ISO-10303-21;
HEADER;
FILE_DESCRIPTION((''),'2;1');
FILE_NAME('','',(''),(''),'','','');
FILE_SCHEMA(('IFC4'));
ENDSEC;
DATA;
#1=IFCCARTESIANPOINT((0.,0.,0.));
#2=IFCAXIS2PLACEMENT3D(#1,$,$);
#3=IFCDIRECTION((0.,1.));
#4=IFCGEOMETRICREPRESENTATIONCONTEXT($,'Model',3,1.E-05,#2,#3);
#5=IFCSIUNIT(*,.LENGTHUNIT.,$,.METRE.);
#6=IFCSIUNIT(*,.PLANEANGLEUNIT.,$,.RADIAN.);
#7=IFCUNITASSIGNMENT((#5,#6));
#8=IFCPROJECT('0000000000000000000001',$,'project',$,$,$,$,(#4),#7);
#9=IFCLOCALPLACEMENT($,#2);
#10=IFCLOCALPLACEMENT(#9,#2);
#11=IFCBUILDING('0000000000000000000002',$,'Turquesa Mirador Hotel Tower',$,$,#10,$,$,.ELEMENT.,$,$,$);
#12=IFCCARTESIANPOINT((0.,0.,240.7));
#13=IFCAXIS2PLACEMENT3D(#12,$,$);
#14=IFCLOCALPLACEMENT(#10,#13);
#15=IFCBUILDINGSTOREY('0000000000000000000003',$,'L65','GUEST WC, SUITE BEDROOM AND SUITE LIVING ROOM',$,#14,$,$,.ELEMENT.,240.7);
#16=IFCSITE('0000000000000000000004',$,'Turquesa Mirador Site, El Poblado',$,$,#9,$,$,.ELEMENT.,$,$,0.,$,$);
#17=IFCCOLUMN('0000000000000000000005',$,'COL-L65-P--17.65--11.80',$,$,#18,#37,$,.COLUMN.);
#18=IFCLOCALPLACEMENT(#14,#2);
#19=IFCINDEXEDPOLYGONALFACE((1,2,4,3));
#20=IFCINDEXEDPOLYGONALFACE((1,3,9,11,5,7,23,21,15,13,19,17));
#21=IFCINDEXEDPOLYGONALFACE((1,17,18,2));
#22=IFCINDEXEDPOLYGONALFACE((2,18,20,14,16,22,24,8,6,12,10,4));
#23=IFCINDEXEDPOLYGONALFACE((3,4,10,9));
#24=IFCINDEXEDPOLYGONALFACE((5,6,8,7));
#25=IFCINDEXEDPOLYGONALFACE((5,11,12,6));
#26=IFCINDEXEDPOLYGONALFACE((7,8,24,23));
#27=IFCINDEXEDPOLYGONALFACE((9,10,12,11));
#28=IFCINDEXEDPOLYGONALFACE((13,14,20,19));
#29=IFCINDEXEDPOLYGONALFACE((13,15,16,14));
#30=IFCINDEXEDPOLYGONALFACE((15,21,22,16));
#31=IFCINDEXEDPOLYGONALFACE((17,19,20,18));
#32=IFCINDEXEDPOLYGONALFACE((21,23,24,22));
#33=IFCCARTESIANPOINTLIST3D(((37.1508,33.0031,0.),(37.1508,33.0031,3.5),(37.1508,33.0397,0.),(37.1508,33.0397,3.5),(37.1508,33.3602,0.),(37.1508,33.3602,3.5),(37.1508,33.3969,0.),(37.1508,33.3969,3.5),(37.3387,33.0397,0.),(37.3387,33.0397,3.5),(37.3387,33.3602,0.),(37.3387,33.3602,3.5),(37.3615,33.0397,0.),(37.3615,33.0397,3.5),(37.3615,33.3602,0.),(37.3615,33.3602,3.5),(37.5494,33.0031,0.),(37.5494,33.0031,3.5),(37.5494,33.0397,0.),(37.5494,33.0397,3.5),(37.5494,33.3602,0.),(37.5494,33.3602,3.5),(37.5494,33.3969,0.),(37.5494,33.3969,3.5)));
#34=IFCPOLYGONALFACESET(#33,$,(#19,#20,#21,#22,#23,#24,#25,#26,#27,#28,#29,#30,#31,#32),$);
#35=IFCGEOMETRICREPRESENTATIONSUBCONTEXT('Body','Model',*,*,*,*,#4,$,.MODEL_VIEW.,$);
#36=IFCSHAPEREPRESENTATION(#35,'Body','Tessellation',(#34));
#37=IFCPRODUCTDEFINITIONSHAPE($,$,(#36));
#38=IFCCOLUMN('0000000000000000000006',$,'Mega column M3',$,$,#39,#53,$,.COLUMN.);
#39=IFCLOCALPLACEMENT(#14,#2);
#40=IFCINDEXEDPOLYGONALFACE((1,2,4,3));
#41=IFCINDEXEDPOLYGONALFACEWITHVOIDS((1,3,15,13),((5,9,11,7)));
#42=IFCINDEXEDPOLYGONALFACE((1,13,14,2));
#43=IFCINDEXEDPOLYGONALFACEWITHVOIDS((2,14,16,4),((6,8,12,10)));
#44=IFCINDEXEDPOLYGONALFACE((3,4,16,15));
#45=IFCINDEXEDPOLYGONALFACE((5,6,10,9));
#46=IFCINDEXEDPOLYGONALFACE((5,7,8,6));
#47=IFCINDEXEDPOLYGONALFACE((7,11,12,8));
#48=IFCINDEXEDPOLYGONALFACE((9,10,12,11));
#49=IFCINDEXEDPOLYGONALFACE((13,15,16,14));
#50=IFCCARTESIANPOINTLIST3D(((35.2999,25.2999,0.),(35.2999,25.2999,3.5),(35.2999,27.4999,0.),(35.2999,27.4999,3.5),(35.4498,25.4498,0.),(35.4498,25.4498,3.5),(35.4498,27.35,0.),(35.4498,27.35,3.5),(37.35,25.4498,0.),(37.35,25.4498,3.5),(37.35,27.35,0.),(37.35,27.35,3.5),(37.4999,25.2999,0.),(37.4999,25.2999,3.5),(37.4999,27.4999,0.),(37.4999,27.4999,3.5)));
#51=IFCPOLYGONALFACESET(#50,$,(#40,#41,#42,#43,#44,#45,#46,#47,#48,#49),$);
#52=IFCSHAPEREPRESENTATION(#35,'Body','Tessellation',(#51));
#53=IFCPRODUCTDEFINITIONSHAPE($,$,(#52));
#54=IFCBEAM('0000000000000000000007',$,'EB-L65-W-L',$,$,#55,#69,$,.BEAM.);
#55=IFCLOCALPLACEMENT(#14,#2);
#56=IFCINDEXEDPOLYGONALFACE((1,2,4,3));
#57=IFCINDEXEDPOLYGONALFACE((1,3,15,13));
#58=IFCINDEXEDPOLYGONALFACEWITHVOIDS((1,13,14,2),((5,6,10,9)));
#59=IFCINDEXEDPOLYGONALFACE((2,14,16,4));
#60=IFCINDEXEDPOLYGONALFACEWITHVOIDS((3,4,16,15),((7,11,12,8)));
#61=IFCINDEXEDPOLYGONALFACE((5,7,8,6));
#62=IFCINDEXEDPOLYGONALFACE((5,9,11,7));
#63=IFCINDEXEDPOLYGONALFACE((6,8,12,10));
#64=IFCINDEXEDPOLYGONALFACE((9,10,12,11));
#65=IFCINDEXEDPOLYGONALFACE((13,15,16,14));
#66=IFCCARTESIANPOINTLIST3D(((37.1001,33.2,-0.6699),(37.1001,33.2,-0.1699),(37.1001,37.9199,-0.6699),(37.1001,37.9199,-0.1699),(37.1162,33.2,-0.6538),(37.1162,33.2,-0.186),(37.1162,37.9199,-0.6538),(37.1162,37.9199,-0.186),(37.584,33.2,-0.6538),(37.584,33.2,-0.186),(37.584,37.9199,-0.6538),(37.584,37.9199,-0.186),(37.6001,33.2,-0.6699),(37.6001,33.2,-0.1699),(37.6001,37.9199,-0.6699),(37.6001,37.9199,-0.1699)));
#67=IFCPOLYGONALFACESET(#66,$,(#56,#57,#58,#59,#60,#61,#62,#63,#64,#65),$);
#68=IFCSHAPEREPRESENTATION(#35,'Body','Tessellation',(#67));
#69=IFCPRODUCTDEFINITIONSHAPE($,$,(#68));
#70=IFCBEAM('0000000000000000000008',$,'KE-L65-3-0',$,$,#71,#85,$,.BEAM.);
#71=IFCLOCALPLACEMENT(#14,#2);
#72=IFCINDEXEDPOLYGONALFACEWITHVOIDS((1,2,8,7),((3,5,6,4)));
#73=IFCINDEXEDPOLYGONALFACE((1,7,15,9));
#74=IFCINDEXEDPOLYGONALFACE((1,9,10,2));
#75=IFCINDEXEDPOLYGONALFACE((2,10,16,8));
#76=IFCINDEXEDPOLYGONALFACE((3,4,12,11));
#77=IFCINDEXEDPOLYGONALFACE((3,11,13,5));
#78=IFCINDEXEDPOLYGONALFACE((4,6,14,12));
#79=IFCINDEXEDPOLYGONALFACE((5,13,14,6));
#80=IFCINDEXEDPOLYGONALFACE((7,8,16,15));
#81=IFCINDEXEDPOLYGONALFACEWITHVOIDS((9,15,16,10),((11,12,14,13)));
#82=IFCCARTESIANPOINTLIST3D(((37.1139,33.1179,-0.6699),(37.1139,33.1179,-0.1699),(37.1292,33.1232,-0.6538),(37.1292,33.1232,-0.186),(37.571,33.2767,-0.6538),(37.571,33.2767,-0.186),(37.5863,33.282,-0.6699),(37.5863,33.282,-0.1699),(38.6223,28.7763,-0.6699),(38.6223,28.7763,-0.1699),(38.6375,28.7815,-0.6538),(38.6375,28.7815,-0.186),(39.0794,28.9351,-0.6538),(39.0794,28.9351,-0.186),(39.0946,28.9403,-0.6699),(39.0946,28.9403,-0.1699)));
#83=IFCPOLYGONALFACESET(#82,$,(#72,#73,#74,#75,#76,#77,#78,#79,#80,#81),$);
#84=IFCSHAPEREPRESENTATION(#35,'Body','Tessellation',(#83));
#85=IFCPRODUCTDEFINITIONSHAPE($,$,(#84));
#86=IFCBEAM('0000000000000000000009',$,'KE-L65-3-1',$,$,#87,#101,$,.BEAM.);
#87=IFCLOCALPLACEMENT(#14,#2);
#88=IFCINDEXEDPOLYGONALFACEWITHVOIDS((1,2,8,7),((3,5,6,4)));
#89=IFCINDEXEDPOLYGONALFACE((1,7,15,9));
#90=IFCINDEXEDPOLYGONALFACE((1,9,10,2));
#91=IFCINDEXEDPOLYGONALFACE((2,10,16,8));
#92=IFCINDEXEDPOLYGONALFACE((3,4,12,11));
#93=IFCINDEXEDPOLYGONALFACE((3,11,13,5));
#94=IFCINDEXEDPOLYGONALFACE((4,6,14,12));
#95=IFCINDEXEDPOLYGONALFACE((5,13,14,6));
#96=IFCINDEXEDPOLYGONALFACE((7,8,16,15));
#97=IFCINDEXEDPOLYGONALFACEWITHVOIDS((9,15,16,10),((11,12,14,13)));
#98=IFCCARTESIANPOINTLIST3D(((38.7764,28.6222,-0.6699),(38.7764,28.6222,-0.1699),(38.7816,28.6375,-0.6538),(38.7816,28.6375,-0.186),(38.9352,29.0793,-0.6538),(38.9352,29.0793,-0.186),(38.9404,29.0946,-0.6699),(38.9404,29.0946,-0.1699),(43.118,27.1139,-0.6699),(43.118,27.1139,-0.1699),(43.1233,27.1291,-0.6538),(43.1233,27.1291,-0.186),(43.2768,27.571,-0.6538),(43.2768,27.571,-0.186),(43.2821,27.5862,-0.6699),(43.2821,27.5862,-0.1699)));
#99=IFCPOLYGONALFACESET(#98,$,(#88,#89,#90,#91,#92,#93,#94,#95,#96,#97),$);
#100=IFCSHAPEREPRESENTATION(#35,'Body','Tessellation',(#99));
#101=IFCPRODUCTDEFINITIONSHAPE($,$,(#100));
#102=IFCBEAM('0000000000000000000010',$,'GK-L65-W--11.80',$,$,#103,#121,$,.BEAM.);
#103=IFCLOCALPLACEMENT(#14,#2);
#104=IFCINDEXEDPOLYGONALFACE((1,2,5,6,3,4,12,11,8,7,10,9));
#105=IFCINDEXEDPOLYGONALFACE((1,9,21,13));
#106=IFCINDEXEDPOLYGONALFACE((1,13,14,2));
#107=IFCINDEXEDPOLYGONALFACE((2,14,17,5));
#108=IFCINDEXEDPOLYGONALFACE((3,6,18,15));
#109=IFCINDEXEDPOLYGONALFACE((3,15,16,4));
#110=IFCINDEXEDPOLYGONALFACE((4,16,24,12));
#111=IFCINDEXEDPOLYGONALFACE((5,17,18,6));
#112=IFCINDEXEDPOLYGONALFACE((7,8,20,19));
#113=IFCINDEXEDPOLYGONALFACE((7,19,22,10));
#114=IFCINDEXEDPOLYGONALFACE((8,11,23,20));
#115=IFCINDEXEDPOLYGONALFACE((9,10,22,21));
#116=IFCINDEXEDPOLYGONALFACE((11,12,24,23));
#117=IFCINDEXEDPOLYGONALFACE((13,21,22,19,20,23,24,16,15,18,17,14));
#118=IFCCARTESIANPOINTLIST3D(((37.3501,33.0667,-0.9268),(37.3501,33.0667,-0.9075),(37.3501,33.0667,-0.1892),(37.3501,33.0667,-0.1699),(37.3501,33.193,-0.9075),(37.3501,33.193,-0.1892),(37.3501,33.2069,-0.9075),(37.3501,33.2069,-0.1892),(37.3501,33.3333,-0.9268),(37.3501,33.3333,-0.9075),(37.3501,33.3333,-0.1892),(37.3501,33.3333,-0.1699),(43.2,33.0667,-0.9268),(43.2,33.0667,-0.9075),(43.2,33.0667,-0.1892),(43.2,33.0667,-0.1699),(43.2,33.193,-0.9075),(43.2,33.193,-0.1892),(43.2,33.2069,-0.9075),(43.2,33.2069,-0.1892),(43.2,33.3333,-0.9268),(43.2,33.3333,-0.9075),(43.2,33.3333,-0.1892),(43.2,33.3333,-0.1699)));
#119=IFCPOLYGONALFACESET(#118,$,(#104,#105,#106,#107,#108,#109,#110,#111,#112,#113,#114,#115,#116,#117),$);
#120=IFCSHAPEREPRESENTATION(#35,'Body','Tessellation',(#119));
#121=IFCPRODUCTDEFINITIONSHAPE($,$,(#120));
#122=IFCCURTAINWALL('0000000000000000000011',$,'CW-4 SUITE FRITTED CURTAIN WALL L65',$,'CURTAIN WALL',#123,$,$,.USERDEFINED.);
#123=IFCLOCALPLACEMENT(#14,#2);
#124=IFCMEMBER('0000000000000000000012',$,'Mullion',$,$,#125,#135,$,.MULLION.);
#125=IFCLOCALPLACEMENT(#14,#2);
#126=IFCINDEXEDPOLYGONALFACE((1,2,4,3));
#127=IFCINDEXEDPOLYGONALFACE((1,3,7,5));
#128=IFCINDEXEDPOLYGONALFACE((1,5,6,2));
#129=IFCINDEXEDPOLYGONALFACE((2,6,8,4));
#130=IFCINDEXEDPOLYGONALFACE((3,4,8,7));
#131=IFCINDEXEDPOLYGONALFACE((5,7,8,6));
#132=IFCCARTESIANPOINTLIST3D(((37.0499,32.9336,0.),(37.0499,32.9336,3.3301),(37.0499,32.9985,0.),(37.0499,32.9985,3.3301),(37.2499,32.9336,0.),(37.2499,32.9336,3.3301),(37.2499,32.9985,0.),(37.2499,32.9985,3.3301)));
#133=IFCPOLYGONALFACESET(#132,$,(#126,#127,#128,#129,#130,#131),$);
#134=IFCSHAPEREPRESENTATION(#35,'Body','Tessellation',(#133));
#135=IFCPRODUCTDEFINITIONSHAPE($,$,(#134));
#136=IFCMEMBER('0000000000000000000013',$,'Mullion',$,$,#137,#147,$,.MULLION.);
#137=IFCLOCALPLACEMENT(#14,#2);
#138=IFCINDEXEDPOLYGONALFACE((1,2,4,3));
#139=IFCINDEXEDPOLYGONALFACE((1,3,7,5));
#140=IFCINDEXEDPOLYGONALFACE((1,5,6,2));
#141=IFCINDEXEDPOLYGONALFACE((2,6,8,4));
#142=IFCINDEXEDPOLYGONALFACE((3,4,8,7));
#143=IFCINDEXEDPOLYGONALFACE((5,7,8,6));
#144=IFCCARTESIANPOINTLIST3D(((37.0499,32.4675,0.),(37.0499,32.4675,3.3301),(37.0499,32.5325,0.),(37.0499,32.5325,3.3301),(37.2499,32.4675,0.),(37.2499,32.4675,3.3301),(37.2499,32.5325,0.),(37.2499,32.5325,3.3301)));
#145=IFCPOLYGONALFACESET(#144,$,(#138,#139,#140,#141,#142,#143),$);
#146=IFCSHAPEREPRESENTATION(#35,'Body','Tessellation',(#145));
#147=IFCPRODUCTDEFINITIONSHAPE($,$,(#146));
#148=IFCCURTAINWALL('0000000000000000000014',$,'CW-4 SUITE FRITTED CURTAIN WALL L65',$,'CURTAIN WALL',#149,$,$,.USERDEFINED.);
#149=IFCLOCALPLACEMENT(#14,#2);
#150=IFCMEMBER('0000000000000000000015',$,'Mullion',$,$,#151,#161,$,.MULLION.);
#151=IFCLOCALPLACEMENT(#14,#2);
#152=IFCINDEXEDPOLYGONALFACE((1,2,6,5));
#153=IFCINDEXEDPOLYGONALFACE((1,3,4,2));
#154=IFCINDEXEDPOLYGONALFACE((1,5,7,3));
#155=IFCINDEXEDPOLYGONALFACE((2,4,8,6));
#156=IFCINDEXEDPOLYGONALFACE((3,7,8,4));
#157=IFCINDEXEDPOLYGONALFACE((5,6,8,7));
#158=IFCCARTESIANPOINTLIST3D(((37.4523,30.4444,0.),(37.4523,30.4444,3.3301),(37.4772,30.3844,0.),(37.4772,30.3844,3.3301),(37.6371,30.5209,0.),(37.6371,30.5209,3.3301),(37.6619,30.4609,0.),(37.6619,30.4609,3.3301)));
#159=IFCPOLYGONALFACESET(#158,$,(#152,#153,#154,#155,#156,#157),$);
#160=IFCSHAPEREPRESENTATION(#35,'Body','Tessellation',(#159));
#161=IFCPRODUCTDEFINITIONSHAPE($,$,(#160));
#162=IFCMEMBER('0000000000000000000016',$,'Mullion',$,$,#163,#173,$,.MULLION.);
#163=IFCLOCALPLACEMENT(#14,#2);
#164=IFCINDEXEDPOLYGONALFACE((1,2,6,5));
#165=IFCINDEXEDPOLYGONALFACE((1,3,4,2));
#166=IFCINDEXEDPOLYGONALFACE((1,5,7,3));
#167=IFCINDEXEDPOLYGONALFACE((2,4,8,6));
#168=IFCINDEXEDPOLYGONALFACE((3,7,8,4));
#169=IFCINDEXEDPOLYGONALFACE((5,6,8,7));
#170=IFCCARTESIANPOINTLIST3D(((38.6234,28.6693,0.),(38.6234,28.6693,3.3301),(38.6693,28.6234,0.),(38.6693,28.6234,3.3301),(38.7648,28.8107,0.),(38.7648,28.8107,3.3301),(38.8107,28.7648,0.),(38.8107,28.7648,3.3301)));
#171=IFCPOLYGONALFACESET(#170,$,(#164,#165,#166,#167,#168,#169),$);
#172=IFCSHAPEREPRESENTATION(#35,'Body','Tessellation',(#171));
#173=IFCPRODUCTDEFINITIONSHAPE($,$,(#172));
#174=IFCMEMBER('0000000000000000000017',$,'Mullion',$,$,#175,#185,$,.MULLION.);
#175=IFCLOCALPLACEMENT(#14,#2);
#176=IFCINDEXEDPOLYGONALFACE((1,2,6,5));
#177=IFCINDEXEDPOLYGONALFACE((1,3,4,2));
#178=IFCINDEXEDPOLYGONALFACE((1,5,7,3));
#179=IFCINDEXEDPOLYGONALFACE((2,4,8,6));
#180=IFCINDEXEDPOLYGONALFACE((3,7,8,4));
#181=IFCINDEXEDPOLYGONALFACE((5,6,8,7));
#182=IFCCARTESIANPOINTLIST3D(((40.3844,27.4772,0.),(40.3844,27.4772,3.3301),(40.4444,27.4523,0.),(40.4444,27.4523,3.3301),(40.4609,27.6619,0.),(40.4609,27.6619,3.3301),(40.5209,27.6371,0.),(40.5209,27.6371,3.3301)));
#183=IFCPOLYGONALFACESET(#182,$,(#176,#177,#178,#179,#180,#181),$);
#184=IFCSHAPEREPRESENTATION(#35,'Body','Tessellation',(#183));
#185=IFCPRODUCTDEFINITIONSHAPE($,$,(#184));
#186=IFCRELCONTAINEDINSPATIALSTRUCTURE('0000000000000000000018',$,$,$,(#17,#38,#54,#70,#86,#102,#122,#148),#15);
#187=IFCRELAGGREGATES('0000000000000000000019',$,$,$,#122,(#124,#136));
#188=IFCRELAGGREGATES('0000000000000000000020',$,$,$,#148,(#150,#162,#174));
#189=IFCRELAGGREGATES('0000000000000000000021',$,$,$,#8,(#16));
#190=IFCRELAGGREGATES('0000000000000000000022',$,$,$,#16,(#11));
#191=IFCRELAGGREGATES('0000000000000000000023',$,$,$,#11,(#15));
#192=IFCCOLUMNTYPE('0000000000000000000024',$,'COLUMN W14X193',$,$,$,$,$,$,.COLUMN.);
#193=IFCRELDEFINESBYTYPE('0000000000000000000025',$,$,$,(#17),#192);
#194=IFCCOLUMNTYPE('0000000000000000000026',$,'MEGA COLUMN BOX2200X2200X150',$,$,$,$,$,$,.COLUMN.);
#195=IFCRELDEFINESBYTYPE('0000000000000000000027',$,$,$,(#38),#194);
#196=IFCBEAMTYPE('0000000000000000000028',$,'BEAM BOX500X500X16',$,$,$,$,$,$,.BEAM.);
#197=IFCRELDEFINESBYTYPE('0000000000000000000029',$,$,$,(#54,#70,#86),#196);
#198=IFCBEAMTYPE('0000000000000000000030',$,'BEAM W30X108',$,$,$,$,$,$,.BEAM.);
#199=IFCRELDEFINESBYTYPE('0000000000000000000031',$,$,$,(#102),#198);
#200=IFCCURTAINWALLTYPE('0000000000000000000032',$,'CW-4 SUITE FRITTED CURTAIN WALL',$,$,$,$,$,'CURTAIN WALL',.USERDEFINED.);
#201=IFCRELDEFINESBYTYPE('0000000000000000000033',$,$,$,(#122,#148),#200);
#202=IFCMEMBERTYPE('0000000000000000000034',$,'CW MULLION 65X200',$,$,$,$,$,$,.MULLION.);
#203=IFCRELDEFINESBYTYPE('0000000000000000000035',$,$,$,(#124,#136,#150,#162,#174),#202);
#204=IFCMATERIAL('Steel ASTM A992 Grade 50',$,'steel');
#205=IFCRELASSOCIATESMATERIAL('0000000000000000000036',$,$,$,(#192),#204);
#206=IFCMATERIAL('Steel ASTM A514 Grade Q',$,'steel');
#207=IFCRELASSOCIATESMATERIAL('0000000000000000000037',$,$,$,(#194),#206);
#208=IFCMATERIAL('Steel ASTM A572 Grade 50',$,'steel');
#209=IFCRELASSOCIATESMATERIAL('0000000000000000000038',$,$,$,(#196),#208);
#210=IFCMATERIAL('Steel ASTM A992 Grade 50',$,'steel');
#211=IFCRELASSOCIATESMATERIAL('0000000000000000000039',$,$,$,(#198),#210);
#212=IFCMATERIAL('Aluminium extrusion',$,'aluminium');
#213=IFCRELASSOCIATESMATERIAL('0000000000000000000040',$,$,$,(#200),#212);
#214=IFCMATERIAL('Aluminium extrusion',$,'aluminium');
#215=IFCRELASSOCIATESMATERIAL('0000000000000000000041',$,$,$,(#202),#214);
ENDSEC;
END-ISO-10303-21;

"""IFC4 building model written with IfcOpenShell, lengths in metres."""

from ifc_helpers import new_model, si_unit, direction, frame, origin, origin_2d, place, context, subcontext, project, spatial, rectangle, hollow_rectangle, i_section, extrude, material, material_profile, profile_set, type_object, element, aggregate, save


model = new_model("IFC4")

# Units and contexts
model_context = context("Model", 3, precision=1e-05, world=origin(), true_north=direction((0.0, 1.0)))
body_context = subcontext(model_context, "Body", "Model", "MODEL_VIEW")
ifc_project = project(units=[si_unit("LENGTHUNIT", "METRE"), si_unit("PLANEANGLEUNIT", "RADIAN")], contexts=[model_context])

# Site, building, storey
site_placement = place(None, origin())
site = spatial("IfcSite", under=ifc_project, at=site_placement, Name="Turquesa Mirador Site, El Poblado", CompositionType="ELEMENT", RefElevation=0.0)
building_placement = place(site_placement, origin())
building = spatial("IfcBuilding", under=site, at=building_placement, Name="Turquesa Mirador Hotel Tower", CompositionType="ELEMENT")
storey_placement = place(building_placement, frame((0.0, 0.0, 240.7)))
storey = spatial("IfcBuildingStorey", under=building, at=storey_placement, Name="L65", Description="GUEST WC, SUITE BEDROOM AND SUITE LIVING ROOM", CompositionType="ELEMENT", Elevation=240.7)

# Columns
ifc_material_1 = material(Name="Steel ASTM A992 Grade 50", Category="steel")
ifc_material_profile_1 = material_profile(ifc_material_1, i_section(OverallWidth=0.3987, OverallDepth=0.3938, WebThickness=0.0227, FlangeThickness=0.0366, at=origin_2d()), Name="W14X193")
ifc_profile_set_1 = profile_set([ifc_material_profile_1], Name="Steel ASTM A992 Grade 50")
column_type_1 = type_object("IfcColumnType", Name="COLUMN W14X193", PredefinedType="COLUMN", material=ifc_profile_set_1)
column_1_placement = place(storey_placement, frame((37.3501, 33.2, 0.0), z_axis=(0.0, 0.0, 1.0), x_axis=(1.0, 0.0, 0.0)))
element("IfcColumn", 1, at=column_1_placement, inside=storey, type_object=column_type_1, Name="COL-L65-P--17.65--11.80", PredefinedType="COLUMN", context=body_context, shape_type="SweptSolid", body=[
    extrude(i_section(OverallWidth=0.3987, OverallDepth=0.3938, WebThickness=0.0227, FlangeThickness=0.0366, at=origin_2d()), origin(), (0.0, 0.0, 1.0), 3.5),
])
ifc_material_2 = material(Name="Steel ASTM A514 Grade Q", Category="steel")
ifc_material_profile_2 = material_profile(ifc_material_2, hollow_rectangle(XDim=2.2, YDim=2.2, WallThickness=0.1499, at=origin_2d()), Name="BOX2200X2200X150")
ifc_profile_set_2 = profile_set([ifc_material_profile_2], Name="Steel ASTM A514 Grade Q")
column_type_2 = type_object("IfcColumnType", Name="MEGA COLUMN BOX2200X2200X150", PredefinedType="COLUMN", material=ifc_profile_set_2)
column_2_placement = place(storey_placement, frame((36.3999, 26.3999, 0.0), z_axis=(0.0, 0.0, 1.0), x_axis=(1.0, 0.0, 0.0)))
element("IfcColumn", 2, at=column_2_placement, inside=storey, type_object=column_type_2, Name="Mega column M3", PredefinedType="COLUMN", context=body_context, shape_type="SweptSolid", body=[
    extrude(hollow_rectangle(XDim=2.2, YDim=2.2, WallThickness=0.1499, at=origin_2d()), origin(), (0.0, 0.0, 1.0), 3.5),
])

# Beams
ifc_material_3 = material(Name="Steel ASTM A572 Grade 50", Category="steel")
ifc_material_profile_3 = material_profile(ifc_material_3, hollow_rectangle(XDim=0.5, YDim=0.5, WallThickness=0.0161, at=origin_2d()), Name="BOX500X500X16")
ifc_profile_set_3 = profile_set([ifc_material_profile_3], Name="Steel ASTM A572 Grade 50")
beam_type_1 = type_object("IfcBeamType", Name="BEAM BOX500X500X16", PredefinedType="BEAM", material=ifc_profile_set_3)
beam_1_placement = place(storey_placement, frame((37.3501, 33.2, -0.4199), z_axis=(0.0, 1.0, 0.0), x_axis=(-1.0, 0.0, 0.0)))
element("IfcBeam", 3, at=beam_1_placement, inside=storey, type_object=beam_type_1, Name="EB-L65-W-L", PredefinedType="BEAM", context=body_context, shape_type="SweptSolid", body=[
    extrude(hollow_rectangle(XDim=0.5, YDim=0.5, WallThickness=0.0161, at=origin_2d()), origin(), (0.0, 0.0, 1.0), 4.72),
])
for number, where, z_axis, x_axis, name in (
    (4, (37.3501, 33.2, -0.4199), (0.32817, -0.944619, 0.0), (0.944619, 0.32817, 0.0), "KE-L65-3-0"),
    (5, (38.8584, 28.8584, -0.4199), (0.944619, -0.32817, 0.0), (0.32817, 0.944619, 0.0), "KE-L65-3-1"),
):
    element("IfcBeam", number, at=place(storey_placement, frame(where, z_axis=z_axis, x_axis=x_axis)), inside=storey, type_object=beam_type_1, Name=name, PredefinedType="BEAM", context=body_context, shape_type="SweptSolid", body=[
        extrude(hollow_rectangle(XDim=0.5, YDim=0.5, WallThickness=0.0161, at=origin_2d()), origin(), (0.0, 0.0, 1.0), 4.5962),
    ])
ifc_material_4 = material(Name="Steel ASTM A992 Grade 50", Category="steel")
ifc_material_profile_4 = material_profile(ifc_material_4, i_section(OverallWidth=0.2666, OverallDepth=0.7568, WebThickness=0.0139, FlangeThickness=0.0193, at=origin_2d()), Name="W30X108")
ifc_profile_set_4 = profile_set([ifc_material_profile_4], Name="Steel ASTM A992 Grade 50")
beam_type_2 = type_object("IfcBeamType", Name="BEAM W30X108", PredefinedType="BEAM", material=ifc_profile_set_4)
beam_2_placement = place(storey_placement, frame((37.3501, 33.2, -0.5483), z_axis=(1.0, 0.0, 0.0), x_axis=(0.0, 1.0, 0.0)))
element("IfcBeam", 6, at=beam_2_placement, inside=storey, type_object=beam_type_2, Name="GK-L65-W--11.80", PredefinedType="BEAM", context=body_context, shape_type="SweptSolid", body=[
    extrude(i_section(OverallWidth=0.2666, OverallDepth=0.7568, WebThickness=0.0139, FlangeThickness=0.0193, at=origin_2d()), origin(), (0.0, 0.0, 1.0), 5.8499),
])

# Curtain walls, members
ifc_material_5 = material(Name="Aluminium extrusion", Category="aluminium")
curtain_wall_type = type_object("IfcCurtainWallType", Name="CW-4 SUITE FRITTED CURTAIN WALL", ElementType="CURTAIN WALL", PredefinedType="USERDEFINED", material=ifc_material_5)
curtain_wall_1_placement = place(storey_placement, origin())
curtain_wall_1 = element("IfcCurtainWall", 7, at=curtain_wall_1_placement, inside=storey, type_object=curtain_wall_type, Name="CW-4 SUITE FRITTED CURTAIN WALL L65", ObjectType="CURTAIN WALL", PredefinedType="USERDEFINED")
ifc_material_6 = material(Name="Aluminium extrusion", Category="aluminium")
ifc_material_profile_5 = material_profile(ifc_material_6, rectangle(XDim=0.0649, YDim=0.2, at=origin_2d()), Name="MULLION 65X200")
ifc_profile_set_5 = profile_set([ifc_material_profile_5], Name="Aluminium extrusion")
member_type_1 = type_object("IfcMemberType", Name="CW MULLION 65X200", PredefinedType="MULLION", material=ifc_profile_set_5)
member_1_placement = place(storey_placement, frame((37.1499, 32.9661, 0.0), z_axis=(0.0, 0.0, 1.0), x_axis=(0.0, -1.0, 0.0)))
member_1 = element("IfcMember", 8, at=member_1_placement, type_object=member_type_1, Name="Mullion", PredefinedType="MULLION", context=body_context, shape_type="SweptSolid", body=[
    extrude(rectangle(XDim=0.0649, YDim=0.2, at=origin_2d()), origin(), (0.0, 0.0, 1.0), 3.3301),
])
member_2_placement = place(storey_placement, frame((37.1499, 32.5, 0.0), z_axis=(0.0, 0.0, 1.0), x_axis=(0.0, -1.0, 0.0)))
member_2 = element("IfcMember", 9, at=member_2_placement, type_object=member_type_1, Name="Mullion", PredefinedType="MULLION", context=body_context, shape_type="SweptSolid", body=[
    extrude(rectangle(XDim=0.0649, YDim=0.2, at=origin_2d()), origin(), (0.0, 0.0, 1.0), 3.3301),
])
curtain_wall_2_placement = place(storey_placement, origin())
curtain_wall_2 = element("IfcCurtainWall", 10, at=curtain_wall_2_placement, inside=storey, type_object=curtain_wall_type, Name="CW-4 SUITE FRITTED CURTAIN WALL L65", ObjectType="CURTAIN WALL", PredefinedType="USERDEFINED")
member_3_placement = place(storey_placement, frame((37.5571, 30.4526, 0.0), z_axis=(0.0, 0.0, 1.0), x_axis=(0.382683, -0.92388, 0.0)))
member_3 = element("IfcMember", 11, at=member_3_placement, type_object=member_type_1, Name="Mullion", PredefinedType="MULLION", context=body_context, shape_type="SweptSolid", body=[
    extrude(rectangle(XDim=0.0649, YDim=0.2, at=origin_2d()), origin(), (0.0, 0.0, 1.0), 3.3301),
])
member_4_placement = place(storey_placement, frame((38.717, 28.717, 0.0), z_axis=(0.0, 0.0, 1.0), x_axis=(0.707107, -0.707107, 0.0)))
member_4 = element("IfcMember", 12, at=member_4_placement, type_object=member_type_1, Name="Mullion", PredefinedType="MULLION", context=body_context, shape_type="SweptSolid", body=[
    extrude(rectangle(XDim=0.0649, YDim=0.2, at=origin_2d()), origin(), (0.0, 0.0, 1.0), 3.3301),
])
member_5_placement = place(storey_placement, frame((40.4526, 27.5571, 0.0), z_axis=(0.0, 0.0, 1.0), x_axis=(0.92388, -0.382683, 0.0)))
member_5 = element("IfcMember", 13, at=member_5_placement, type_object=member_type_1, Name="Mullion", PredefinedType="MULLION", context=body_context, shape_type="SweptSolid", body=[
    extrude(rectangle(XDim=0.0649, YDim=0.2, at=origin_2d()), origin(), (0.0, 0.0, 1.0), 3.3301),
])

aggregate(curtain_wall_1, [member_1, member_2])
aggregate(curtain_wall_2, [member_3, member_4, member_5])

save(model, "model.ifc")
